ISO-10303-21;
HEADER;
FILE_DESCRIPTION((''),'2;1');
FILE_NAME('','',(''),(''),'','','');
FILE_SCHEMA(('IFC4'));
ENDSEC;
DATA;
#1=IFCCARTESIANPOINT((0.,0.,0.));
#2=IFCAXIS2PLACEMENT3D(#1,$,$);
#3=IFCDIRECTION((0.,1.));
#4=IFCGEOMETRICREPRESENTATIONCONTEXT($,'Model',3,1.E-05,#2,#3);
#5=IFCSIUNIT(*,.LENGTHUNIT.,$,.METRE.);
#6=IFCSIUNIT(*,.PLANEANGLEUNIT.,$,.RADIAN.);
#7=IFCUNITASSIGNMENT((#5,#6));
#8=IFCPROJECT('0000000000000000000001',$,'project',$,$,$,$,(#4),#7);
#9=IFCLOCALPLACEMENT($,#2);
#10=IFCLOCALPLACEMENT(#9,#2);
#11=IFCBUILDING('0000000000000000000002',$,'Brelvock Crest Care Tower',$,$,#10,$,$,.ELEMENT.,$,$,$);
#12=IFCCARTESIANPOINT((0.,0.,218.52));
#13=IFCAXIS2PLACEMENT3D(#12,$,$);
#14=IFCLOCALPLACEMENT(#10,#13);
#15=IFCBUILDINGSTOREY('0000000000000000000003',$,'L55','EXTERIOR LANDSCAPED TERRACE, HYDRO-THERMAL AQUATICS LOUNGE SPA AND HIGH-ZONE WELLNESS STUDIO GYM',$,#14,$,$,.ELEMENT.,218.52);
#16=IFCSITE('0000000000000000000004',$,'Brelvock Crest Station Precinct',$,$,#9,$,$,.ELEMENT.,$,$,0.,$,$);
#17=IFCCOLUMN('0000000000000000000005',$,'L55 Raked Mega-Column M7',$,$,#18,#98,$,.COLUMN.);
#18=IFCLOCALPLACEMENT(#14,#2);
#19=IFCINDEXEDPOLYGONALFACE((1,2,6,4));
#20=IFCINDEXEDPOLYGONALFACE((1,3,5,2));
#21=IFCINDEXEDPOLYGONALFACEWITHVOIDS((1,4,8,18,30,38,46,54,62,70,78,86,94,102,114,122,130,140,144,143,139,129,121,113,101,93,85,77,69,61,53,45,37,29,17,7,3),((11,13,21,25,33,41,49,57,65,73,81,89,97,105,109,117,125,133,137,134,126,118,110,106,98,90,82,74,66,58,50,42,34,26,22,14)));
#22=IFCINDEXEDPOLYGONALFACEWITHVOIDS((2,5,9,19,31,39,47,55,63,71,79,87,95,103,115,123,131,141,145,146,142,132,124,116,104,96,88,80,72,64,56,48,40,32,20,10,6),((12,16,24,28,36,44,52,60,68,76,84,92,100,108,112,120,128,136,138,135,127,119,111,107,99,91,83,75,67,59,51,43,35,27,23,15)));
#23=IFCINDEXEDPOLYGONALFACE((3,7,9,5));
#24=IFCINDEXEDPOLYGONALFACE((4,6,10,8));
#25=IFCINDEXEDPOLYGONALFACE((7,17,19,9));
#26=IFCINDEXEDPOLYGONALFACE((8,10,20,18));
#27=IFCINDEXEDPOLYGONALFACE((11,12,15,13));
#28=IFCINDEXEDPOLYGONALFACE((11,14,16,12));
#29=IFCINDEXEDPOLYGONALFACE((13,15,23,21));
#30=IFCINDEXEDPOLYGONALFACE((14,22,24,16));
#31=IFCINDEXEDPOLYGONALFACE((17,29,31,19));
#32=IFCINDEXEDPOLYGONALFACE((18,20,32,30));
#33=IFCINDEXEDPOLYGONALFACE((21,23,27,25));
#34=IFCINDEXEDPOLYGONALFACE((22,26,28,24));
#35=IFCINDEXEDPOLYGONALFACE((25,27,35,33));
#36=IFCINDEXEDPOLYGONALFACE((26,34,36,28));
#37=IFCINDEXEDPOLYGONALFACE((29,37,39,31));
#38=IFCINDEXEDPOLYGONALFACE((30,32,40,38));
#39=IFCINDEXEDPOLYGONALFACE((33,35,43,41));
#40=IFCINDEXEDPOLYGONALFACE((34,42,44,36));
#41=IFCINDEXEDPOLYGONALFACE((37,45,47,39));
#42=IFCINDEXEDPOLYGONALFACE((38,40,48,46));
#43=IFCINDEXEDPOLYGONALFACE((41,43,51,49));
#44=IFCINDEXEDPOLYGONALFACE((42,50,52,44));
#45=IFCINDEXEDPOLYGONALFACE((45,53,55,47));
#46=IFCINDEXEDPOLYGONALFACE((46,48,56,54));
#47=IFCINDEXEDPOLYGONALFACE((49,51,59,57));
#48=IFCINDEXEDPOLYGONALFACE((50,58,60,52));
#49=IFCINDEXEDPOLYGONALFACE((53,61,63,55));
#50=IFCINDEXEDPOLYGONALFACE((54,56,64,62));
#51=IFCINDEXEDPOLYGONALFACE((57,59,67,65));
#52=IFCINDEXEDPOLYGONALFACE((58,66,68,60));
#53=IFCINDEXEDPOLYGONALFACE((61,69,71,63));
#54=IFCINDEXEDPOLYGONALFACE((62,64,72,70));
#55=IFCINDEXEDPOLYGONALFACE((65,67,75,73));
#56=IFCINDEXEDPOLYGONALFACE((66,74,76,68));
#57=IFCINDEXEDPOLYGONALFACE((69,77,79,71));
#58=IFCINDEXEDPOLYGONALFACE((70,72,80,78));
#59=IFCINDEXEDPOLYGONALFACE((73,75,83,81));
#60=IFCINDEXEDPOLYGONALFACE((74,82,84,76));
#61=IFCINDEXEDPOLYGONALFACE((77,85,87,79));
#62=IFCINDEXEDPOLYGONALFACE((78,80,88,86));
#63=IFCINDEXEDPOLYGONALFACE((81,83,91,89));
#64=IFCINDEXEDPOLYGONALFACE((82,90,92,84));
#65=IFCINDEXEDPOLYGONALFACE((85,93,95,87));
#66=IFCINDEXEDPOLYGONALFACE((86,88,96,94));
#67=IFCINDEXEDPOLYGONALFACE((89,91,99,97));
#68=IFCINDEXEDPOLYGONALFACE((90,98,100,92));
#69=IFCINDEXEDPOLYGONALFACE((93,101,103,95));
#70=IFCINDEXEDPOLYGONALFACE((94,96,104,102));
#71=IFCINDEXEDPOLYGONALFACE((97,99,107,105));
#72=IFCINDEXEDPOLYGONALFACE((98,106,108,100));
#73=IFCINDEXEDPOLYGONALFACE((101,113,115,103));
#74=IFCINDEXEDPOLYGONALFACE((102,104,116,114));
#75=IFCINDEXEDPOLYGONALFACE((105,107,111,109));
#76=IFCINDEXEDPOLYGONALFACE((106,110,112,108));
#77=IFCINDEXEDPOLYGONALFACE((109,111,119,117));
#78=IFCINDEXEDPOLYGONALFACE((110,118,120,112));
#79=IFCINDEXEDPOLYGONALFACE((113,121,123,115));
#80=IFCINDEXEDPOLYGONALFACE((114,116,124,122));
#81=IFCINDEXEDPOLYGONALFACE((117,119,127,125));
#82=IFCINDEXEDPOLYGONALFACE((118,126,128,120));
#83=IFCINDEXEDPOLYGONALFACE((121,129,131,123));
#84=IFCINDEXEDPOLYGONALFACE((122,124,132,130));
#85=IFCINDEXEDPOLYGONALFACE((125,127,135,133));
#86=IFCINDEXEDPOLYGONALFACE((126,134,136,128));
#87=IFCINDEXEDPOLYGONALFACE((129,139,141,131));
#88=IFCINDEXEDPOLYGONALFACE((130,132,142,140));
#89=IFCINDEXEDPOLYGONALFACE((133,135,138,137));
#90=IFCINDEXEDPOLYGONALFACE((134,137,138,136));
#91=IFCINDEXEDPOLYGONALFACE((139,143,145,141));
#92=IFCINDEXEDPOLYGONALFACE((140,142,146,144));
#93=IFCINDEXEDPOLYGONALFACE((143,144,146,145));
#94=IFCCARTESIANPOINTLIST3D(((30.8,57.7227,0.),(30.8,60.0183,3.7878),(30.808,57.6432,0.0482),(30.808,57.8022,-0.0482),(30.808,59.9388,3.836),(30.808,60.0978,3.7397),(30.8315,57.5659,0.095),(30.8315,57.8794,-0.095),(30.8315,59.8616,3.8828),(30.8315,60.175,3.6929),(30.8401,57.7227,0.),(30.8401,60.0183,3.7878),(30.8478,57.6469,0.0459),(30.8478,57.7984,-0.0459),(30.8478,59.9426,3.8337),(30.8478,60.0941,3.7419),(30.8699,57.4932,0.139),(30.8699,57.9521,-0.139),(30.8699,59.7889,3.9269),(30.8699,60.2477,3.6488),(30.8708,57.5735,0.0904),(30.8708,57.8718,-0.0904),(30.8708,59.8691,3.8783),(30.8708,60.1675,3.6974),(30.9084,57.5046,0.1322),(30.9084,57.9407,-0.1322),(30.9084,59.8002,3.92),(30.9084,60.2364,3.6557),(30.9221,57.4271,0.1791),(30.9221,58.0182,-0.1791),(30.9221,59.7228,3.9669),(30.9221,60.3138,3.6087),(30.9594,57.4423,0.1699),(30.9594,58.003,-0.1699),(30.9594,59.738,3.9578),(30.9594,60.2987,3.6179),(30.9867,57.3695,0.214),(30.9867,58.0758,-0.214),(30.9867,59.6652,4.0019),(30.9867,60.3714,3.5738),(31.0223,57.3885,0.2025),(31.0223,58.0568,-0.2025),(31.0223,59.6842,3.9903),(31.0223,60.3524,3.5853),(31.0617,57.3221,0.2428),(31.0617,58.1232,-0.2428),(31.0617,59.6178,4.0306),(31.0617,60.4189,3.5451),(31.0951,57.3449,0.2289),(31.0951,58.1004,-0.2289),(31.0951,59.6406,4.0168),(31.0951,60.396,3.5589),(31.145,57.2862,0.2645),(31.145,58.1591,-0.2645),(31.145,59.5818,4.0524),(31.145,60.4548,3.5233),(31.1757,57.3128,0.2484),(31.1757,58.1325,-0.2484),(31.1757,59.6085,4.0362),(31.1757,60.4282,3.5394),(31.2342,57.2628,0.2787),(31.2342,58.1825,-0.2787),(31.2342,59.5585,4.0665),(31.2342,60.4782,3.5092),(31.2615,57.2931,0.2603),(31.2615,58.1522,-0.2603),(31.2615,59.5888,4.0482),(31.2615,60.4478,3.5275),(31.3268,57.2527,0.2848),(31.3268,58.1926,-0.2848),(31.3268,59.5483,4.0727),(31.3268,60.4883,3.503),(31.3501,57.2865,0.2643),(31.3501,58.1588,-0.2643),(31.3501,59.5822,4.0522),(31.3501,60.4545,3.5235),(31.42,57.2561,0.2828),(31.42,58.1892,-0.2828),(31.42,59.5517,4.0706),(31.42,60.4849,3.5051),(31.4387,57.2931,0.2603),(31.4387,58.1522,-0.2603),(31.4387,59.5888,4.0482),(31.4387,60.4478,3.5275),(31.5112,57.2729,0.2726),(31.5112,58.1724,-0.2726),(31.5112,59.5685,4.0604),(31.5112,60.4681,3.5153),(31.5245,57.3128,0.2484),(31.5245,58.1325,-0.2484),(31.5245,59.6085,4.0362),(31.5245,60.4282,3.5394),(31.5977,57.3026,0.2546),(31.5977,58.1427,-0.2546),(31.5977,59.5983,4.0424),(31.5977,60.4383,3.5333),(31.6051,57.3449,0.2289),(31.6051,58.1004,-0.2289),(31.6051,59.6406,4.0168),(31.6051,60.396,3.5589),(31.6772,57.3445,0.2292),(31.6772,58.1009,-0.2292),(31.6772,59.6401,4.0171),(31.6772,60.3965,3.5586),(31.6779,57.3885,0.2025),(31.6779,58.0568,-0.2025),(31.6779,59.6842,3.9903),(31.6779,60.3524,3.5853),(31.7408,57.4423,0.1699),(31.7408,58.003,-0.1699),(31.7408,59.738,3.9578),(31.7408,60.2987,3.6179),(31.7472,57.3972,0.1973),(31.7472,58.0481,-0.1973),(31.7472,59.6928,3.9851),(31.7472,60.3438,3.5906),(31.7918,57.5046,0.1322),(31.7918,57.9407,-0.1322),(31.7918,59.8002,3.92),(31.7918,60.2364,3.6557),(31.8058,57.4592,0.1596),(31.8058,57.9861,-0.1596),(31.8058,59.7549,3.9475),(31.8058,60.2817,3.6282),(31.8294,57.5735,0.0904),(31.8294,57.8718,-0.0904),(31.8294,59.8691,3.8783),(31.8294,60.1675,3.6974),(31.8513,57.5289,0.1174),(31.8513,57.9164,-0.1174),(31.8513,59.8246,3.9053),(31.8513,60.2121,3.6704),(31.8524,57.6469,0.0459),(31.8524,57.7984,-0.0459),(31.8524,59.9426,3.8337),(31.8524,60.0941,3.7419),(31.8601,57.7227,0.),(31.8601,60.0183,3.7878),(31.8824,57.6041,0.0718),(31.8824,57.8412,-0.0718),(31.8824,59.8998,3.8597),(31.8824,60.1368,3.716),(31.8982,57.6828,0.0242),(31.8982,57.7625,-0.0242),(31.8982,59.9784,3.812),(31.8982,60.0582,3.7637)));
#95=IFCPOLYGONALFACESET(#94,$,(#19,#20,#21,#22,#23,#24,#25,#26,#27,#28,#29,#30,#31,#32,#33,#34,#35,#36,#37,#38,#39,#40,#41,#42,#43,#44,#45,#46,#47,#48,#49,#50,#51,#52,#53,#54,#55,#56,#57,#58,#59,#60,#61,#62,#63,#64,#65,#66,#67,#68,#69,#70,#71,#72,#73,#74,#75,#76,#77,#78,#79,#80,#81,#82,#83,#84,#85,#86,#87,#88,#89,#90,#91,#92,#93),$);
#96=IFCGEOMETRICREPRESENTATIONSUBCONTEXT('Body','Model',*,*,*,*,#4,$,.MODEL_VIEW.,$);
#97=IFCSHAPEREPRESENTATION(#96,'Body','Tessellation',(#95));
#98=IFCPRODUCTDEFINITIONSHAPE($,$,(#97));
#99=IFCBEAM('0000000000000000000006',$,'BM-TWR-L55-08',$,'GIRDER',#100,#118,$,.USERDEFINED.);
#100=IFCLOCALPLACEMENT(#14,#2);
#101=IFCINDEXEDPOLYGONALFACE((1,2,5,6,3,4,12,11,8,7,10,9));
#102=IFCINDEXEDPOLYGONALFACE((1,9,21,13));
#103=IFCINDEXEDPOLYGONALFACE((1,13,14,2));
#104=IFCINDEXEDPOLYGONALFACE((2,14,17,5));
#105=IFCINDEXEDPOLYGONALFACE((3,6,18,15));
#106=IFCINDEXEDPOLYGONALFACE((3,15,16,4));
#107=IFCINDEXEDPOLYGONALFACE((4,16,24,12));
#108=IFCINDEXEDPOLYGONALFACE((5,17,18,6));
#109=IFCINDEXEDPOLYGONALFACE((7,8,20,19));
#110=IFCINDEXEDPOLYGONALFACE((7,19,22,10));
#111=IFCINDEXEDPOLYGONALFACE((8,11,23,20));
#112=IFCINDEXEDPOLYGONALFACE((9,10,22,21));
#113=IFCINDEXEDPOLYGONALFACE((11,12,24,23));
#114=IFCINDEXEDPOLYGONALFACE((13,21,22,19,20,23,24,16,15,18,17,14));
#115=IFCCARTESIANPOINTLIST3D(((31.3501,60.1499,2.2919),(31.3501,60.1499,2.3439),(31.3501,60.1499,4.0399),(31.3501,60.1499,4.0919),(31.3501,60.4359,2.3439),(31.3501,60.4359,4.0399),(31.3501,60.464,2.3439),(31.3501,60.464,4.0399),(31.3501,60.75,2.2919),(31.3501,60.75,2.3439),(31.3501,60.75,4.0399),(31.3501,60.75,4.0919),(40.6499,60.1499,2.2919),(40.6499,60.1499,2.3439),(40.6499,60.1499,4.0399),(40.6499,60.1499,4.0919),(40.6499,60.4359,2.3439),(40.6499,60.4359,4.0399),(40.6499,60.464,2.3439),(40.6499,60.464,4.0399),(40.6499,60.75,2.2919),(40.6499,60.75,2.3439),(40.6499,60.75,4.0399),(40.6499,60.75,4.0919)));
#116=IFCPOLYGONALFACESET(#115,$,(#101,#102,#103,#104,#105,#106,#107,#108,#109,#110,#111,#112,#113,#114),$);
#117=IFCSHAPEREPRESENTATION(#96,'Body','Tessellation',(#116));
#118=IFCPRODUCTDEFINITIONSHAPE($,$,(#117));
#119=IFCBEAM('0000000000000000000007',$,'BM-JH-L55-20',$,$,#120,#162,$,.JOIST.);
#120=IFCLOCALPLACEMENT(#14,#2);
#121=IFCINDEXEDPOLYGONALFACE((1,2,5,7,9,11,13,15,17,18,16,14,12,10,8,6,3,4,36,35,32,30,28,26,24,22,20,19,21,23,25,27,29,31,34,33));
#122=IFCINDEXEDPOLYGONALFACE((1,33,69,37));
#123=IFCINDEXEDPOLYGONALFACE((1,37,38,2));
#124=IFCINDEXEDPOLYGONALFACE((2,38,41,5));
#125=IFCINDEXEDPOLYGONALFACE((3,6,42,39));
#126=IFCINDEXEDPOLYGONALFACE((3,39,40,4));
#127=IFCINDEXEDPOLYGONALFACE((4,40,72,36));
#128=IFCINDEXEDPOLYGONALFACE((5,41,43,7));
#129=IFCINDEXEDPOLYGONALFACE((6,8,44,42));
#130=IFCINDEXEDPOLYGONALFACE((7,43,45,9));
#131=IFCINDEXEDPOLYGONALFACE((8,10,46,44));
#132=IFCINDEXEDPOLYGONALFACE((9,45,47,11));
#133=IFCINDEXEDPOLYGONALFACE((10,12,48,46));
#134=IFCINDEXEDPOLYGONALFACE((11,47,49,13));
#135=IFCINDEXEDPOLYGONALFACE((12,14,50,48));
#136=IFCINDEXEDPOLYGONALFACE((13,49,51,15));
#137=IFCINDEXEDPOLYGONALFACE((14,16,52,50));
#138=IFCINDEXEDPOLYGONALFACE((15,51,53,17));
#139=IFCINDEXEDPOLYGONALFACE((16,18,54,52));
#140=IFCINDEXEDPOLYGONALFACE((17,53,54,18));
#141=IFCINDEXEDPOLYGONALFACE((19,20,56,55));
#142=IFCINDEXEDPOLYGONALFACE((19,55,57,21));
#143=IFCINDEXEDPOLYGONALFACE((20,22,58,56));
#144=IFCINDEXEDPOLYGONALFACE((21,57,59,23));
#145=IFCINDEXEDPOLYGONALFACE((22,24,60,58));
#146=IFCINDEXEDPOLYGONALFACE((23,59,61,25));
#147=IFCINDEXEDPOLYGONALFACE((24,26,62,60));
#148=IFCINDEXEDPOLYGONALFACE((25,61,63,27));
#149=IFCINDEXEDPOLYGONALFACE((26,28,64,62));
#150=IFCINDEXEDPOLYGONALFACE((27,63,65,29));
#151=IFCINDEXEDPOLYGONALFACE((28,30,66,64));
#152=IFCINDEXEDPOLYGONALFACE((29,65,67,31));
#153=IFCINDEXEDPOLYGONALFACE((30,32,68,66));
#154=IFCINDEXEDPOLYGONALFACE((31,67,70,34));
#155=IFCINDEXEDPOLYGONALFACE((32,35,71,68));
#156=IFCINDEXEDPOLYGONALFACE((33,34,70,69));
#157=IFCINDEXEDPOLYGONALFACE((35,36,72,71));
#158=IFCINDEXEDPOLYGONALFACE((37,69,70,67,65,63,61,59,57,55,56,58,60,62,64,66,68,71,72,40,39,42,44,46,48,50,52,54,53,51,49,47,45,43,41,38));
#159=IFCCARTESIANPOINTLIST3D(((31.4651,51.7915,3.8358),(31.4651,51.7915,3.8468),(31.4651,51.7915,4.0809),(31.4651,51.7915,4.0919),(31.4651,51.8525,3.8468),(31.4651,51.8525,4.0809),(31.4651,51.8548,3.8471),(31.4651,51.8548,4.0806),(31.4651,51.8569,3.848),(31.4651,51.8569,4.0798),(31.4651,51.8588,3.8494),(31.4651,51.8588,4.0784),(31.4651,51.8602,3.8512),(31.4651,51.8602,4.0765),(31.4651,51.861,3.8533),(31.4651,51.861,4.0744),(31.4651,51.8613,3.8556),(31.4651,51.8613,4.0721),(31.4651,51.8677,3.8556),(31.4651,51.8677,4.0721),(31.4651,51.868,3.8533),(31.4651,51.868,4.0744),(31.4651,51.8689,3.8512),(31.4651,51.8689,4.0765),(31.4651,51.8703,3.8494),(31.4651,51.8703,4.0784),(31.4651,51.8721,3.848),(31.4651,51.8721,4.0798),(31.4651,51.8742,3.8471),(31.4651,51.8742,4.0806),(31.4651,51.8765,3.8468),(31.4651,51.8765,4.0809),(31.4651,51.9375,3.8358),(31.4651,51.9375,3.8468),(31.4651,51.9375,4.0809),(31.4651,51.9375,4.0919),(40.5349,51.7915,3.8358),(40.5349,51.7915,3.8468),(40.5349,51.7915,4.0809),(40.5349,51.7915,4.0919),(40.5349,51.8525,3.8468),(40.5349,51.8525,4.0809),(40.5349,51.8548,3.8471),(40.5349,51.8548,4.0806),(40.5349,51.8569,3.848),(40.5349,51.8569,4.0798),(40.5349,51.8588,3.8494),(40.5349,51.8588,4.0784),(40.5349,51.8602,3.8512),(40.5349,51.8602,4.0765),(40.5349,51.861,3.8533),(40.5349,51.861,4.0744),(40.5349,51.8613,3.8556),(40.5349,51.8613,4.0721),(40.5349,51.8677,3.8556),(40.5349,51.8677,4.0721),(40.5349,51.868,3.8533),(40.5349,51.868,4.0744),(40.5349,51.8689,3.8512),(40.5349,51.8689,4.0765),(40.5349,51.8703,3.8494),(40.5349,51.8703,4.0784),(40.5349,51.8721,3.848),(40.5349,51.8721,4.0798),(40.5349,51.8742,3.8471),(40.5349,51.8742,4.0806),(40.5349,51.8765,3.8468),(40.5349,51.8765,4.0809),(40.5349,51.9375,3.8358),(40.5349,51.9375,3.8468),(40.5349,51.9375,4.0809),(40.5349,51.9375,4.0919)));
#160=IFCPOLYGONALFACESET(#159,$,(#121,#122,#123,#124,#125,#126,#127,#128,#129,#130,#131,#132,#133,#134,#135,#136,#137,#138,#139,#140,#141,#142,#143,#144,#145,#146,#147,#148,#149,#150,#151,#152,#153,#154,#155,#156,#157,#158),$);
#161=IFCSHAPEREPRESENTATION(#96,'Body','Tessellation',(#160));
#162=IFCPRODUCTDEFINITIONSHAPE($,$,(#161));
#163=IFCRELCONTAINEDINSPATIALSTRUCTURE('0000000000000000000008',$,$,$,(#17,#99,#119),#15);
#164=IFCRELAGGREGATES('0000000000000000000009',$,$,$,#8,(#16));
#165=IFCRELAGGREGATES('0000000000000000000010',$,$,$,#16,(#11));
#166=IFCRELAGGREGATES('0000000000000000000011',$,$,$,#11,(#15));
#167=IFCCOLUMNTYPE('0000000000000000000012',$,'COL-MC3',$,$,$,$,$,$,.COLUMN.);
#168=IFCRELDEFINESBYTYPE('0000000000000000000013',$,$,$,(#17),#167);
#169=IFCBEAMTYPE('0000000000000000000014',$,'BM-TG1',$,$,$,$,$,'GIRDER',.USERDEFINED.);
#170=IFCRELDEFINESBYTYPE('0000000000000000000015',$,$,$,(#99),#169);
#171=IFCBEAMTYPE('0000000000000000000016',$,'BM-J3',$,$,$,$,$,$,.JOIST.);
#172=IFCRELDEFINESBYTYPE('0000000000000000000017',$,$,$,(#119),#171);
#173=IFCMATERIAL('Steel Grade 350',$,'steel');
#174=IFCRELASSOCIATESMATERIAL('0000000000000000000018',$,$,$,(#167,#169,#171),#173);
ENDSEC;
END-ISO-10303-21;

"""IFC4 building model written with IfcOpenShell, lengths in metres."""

from ifc_helpers import new_model, si_unit, direction, frame, origin, origin_2d, place, context, subcontext, project, spatial, hollow_circle, i_section, extrude, source, transform, mapped, material, material_profile, profile_set, type_object, element, save


model = new_model("IFC4")

# Units and contexts
model_context = context("Model", 3, precision=1e-05, world=origin(), true_north=direction((0.0, 1.0)))
body_context = subcontext(model_context, "Body", "Model", "MODEL_VIEW")
ifc_project = project(units=[si_unit("LENGTHUNIT", "METRE"), si_unit("PLANEANGLEUNIT", "RADIAN")], contexts=[model_context])

# Site, building, storey
site_placement = place(None, origin())
site = spatial("IfcSite", under=ifc_project, at=site_placement, Name="Brelvock Crest Station Precinct", CompositionType="ELEMENT", RefElevation=0.0)
building_placement = place(site_placement, origin())
building = spatial("IfcBuilding", under=site, at=building_placement, Name="Brelvock Crest Care Tower", CompositionType="ELEMENT")
storey_placement = place(building_placement, frame((0.0, 0.0, 218.52)))
storey = spatial("IfcBuildingStorey", under=building, at=storey_placement, Name="L55", Description="EXTERIOR LANDSCAPED TERRACE, HYDRO-THERMAL AQUATICS LOUNGE SPA AND HIGH-ZONE WELLNESS STUDIO GYM", CompositionType="ELEMENT", Elevation=218.52)

# Column
ifc_material_1 = material(Name="Steel Grade 350", Category="steel")
ifc_material_profile_1 = material_profile(ifc_material_1, hollow_circle(Radius=0.55, WallThickness=0.04, at=origin_2d()), Name="CFT1100x40")
ifc_profile_set_1 = profile_set([ifc_material_profile_1], Name="Steel Grade 350")
column_type = type_object("IfcColumnType", Name="COL-MC3", PredefinedType="COLUMN", material=ifc_profile_set_1)
shared_shape_1 = source(origin(), body_context, "Body", "SweptSolid", [
    extrude(hollow_circle(Radius=0.55, WallThickness=0.04, at=origin_2d()), origin(), (0.0, 0.0, 1.0), 4.4292),
])
column_placement = place(storey_placement, frame((31.3501, 57.7227, 0.0), z_axis=(0.0, 0.5183, 0.855199), x_axis=(-1.0, 0.0, 0.0)))
element("IfcColumn", 1, at=column_placement, inside=storey, type_object=column_type, Name="L55 Raked Mega-Column M7", PredefinedType="COLUMN", context=body_context, shape_type="MappedRepresentation", body=[
    mapped(shared_shape_1, transform((0.0, 0.0, 0.0), x_axis=(1.0, 0.0, 0.0), y_axis=(0.0, 1.0, 0.0), z_axis=(0.0, 0.0, 1.0), scale=1.0)),
])

# Beams
ifc_material_profile_2 = material_profile(ifc_material_1, i_section(OverallWidth=0.6001, OverallDepth=1.8, WebThickness=0.0281, FlangeThickness=0.052, at=origin_2d()), Name="1800TG740")
ifc_profile_set_2 = profile_set([ifc_material_profile_2], Name="Steel Grade 350")
beam_type_1 = type_object("IfcBeamType", Name="BM-TG1", ElementType="GIRDER", PredefinedType="USERDEFINED", material=ifc_profile_set_2)
shared_shape_2 = source(origin(), body_context, "Body", "SweptSolid", [
    extrude(i_section(OverallWidth=0.6001, OverallDepth=1.8, WebThickness=0.0281, FlangeThickness=0.052, at=origin_2d()), origin(), (0.0, 0.0, 1.0), 9.2998),
])
beam_placement = place(storey_placement, frame((31.3501, 60.45, 3.1919), z_axis=(1.0, 0.0, 0.0), x_axis=(0.0, 1.0, 0.0)))
element("IfcBeam", 2, at=beam_placement, inside=storey, type_object=beam_type_1, Name="BM-TWR-L55-08", ObjectType="GIRDER", PredefinedType="USERDEFINED", context=body_context, shape_type="MappedRepresentation", body=[
    mapped(shared_shape_2, transform((0.0, 0.0, 0.0), x_axis=(1.0, 0.0, 0.0), y_axis=(0.0, 1.0, 0.0), z_axis=(0.0, 0.0, 1.0), scale=1.0)),
])
ifc_material_profile_3 = material_profile(ifc_material_1, i_section(OverallWidth=0.146, OverallDepth=0.2561, WebThickness=0.0063, FlangeThickness=0.011, FilletRadius=0.0088, at=origin_2d()), Name="250UB37.3")
ifc_profile_set_3 = profile_set([ifc_material_profile_3], Name="Steel Grade 350")
beam_type_2 = type_object("IfcBeamType", Name="BM-J3", PredefinedType="JOIST", material=ifc_profile_set_3)
shared_shape_3 = source(origin(), body_context, "Body", "SweptSolid", [
    extrude(i_section(OverallWidth=0.146, OverallDepth=0.2561, WebThickness=0.0063, FlangeThickness=0.011, FilletRadius=0.0088, at=origin_2d()), origin(), (0.0, 0.0, 1.0), 9.0698),
])
for number, where, z_axis, x_axis, name in (
    (3, (31.4651, 51.8645, 3.9639), (1.0, 0.0, 0.0), (0.0, 1.0, 0.0), "BM-JH-L55-20"),
):
    element("IfcBeam", number, at=place(storey_placement, frame(where, z_axis=z_axis, x_axis=x_axis)), inside=storey, type_object=beam_type_2, Name=name, PredefinedType="JOIST", context=body_context, shape_type="MappedRepresentation", body=[
        mapped(shared_shape_3, transform((0.0, 0.0, 0.0), x_axis=(1.0, 0.0, 0.0), y_axis=(0.0, 1.0, 0.0), z_axis=(0.0, 0.0, 1.0), scale=1.0)),
    ])

save(model, "model.ifc")
